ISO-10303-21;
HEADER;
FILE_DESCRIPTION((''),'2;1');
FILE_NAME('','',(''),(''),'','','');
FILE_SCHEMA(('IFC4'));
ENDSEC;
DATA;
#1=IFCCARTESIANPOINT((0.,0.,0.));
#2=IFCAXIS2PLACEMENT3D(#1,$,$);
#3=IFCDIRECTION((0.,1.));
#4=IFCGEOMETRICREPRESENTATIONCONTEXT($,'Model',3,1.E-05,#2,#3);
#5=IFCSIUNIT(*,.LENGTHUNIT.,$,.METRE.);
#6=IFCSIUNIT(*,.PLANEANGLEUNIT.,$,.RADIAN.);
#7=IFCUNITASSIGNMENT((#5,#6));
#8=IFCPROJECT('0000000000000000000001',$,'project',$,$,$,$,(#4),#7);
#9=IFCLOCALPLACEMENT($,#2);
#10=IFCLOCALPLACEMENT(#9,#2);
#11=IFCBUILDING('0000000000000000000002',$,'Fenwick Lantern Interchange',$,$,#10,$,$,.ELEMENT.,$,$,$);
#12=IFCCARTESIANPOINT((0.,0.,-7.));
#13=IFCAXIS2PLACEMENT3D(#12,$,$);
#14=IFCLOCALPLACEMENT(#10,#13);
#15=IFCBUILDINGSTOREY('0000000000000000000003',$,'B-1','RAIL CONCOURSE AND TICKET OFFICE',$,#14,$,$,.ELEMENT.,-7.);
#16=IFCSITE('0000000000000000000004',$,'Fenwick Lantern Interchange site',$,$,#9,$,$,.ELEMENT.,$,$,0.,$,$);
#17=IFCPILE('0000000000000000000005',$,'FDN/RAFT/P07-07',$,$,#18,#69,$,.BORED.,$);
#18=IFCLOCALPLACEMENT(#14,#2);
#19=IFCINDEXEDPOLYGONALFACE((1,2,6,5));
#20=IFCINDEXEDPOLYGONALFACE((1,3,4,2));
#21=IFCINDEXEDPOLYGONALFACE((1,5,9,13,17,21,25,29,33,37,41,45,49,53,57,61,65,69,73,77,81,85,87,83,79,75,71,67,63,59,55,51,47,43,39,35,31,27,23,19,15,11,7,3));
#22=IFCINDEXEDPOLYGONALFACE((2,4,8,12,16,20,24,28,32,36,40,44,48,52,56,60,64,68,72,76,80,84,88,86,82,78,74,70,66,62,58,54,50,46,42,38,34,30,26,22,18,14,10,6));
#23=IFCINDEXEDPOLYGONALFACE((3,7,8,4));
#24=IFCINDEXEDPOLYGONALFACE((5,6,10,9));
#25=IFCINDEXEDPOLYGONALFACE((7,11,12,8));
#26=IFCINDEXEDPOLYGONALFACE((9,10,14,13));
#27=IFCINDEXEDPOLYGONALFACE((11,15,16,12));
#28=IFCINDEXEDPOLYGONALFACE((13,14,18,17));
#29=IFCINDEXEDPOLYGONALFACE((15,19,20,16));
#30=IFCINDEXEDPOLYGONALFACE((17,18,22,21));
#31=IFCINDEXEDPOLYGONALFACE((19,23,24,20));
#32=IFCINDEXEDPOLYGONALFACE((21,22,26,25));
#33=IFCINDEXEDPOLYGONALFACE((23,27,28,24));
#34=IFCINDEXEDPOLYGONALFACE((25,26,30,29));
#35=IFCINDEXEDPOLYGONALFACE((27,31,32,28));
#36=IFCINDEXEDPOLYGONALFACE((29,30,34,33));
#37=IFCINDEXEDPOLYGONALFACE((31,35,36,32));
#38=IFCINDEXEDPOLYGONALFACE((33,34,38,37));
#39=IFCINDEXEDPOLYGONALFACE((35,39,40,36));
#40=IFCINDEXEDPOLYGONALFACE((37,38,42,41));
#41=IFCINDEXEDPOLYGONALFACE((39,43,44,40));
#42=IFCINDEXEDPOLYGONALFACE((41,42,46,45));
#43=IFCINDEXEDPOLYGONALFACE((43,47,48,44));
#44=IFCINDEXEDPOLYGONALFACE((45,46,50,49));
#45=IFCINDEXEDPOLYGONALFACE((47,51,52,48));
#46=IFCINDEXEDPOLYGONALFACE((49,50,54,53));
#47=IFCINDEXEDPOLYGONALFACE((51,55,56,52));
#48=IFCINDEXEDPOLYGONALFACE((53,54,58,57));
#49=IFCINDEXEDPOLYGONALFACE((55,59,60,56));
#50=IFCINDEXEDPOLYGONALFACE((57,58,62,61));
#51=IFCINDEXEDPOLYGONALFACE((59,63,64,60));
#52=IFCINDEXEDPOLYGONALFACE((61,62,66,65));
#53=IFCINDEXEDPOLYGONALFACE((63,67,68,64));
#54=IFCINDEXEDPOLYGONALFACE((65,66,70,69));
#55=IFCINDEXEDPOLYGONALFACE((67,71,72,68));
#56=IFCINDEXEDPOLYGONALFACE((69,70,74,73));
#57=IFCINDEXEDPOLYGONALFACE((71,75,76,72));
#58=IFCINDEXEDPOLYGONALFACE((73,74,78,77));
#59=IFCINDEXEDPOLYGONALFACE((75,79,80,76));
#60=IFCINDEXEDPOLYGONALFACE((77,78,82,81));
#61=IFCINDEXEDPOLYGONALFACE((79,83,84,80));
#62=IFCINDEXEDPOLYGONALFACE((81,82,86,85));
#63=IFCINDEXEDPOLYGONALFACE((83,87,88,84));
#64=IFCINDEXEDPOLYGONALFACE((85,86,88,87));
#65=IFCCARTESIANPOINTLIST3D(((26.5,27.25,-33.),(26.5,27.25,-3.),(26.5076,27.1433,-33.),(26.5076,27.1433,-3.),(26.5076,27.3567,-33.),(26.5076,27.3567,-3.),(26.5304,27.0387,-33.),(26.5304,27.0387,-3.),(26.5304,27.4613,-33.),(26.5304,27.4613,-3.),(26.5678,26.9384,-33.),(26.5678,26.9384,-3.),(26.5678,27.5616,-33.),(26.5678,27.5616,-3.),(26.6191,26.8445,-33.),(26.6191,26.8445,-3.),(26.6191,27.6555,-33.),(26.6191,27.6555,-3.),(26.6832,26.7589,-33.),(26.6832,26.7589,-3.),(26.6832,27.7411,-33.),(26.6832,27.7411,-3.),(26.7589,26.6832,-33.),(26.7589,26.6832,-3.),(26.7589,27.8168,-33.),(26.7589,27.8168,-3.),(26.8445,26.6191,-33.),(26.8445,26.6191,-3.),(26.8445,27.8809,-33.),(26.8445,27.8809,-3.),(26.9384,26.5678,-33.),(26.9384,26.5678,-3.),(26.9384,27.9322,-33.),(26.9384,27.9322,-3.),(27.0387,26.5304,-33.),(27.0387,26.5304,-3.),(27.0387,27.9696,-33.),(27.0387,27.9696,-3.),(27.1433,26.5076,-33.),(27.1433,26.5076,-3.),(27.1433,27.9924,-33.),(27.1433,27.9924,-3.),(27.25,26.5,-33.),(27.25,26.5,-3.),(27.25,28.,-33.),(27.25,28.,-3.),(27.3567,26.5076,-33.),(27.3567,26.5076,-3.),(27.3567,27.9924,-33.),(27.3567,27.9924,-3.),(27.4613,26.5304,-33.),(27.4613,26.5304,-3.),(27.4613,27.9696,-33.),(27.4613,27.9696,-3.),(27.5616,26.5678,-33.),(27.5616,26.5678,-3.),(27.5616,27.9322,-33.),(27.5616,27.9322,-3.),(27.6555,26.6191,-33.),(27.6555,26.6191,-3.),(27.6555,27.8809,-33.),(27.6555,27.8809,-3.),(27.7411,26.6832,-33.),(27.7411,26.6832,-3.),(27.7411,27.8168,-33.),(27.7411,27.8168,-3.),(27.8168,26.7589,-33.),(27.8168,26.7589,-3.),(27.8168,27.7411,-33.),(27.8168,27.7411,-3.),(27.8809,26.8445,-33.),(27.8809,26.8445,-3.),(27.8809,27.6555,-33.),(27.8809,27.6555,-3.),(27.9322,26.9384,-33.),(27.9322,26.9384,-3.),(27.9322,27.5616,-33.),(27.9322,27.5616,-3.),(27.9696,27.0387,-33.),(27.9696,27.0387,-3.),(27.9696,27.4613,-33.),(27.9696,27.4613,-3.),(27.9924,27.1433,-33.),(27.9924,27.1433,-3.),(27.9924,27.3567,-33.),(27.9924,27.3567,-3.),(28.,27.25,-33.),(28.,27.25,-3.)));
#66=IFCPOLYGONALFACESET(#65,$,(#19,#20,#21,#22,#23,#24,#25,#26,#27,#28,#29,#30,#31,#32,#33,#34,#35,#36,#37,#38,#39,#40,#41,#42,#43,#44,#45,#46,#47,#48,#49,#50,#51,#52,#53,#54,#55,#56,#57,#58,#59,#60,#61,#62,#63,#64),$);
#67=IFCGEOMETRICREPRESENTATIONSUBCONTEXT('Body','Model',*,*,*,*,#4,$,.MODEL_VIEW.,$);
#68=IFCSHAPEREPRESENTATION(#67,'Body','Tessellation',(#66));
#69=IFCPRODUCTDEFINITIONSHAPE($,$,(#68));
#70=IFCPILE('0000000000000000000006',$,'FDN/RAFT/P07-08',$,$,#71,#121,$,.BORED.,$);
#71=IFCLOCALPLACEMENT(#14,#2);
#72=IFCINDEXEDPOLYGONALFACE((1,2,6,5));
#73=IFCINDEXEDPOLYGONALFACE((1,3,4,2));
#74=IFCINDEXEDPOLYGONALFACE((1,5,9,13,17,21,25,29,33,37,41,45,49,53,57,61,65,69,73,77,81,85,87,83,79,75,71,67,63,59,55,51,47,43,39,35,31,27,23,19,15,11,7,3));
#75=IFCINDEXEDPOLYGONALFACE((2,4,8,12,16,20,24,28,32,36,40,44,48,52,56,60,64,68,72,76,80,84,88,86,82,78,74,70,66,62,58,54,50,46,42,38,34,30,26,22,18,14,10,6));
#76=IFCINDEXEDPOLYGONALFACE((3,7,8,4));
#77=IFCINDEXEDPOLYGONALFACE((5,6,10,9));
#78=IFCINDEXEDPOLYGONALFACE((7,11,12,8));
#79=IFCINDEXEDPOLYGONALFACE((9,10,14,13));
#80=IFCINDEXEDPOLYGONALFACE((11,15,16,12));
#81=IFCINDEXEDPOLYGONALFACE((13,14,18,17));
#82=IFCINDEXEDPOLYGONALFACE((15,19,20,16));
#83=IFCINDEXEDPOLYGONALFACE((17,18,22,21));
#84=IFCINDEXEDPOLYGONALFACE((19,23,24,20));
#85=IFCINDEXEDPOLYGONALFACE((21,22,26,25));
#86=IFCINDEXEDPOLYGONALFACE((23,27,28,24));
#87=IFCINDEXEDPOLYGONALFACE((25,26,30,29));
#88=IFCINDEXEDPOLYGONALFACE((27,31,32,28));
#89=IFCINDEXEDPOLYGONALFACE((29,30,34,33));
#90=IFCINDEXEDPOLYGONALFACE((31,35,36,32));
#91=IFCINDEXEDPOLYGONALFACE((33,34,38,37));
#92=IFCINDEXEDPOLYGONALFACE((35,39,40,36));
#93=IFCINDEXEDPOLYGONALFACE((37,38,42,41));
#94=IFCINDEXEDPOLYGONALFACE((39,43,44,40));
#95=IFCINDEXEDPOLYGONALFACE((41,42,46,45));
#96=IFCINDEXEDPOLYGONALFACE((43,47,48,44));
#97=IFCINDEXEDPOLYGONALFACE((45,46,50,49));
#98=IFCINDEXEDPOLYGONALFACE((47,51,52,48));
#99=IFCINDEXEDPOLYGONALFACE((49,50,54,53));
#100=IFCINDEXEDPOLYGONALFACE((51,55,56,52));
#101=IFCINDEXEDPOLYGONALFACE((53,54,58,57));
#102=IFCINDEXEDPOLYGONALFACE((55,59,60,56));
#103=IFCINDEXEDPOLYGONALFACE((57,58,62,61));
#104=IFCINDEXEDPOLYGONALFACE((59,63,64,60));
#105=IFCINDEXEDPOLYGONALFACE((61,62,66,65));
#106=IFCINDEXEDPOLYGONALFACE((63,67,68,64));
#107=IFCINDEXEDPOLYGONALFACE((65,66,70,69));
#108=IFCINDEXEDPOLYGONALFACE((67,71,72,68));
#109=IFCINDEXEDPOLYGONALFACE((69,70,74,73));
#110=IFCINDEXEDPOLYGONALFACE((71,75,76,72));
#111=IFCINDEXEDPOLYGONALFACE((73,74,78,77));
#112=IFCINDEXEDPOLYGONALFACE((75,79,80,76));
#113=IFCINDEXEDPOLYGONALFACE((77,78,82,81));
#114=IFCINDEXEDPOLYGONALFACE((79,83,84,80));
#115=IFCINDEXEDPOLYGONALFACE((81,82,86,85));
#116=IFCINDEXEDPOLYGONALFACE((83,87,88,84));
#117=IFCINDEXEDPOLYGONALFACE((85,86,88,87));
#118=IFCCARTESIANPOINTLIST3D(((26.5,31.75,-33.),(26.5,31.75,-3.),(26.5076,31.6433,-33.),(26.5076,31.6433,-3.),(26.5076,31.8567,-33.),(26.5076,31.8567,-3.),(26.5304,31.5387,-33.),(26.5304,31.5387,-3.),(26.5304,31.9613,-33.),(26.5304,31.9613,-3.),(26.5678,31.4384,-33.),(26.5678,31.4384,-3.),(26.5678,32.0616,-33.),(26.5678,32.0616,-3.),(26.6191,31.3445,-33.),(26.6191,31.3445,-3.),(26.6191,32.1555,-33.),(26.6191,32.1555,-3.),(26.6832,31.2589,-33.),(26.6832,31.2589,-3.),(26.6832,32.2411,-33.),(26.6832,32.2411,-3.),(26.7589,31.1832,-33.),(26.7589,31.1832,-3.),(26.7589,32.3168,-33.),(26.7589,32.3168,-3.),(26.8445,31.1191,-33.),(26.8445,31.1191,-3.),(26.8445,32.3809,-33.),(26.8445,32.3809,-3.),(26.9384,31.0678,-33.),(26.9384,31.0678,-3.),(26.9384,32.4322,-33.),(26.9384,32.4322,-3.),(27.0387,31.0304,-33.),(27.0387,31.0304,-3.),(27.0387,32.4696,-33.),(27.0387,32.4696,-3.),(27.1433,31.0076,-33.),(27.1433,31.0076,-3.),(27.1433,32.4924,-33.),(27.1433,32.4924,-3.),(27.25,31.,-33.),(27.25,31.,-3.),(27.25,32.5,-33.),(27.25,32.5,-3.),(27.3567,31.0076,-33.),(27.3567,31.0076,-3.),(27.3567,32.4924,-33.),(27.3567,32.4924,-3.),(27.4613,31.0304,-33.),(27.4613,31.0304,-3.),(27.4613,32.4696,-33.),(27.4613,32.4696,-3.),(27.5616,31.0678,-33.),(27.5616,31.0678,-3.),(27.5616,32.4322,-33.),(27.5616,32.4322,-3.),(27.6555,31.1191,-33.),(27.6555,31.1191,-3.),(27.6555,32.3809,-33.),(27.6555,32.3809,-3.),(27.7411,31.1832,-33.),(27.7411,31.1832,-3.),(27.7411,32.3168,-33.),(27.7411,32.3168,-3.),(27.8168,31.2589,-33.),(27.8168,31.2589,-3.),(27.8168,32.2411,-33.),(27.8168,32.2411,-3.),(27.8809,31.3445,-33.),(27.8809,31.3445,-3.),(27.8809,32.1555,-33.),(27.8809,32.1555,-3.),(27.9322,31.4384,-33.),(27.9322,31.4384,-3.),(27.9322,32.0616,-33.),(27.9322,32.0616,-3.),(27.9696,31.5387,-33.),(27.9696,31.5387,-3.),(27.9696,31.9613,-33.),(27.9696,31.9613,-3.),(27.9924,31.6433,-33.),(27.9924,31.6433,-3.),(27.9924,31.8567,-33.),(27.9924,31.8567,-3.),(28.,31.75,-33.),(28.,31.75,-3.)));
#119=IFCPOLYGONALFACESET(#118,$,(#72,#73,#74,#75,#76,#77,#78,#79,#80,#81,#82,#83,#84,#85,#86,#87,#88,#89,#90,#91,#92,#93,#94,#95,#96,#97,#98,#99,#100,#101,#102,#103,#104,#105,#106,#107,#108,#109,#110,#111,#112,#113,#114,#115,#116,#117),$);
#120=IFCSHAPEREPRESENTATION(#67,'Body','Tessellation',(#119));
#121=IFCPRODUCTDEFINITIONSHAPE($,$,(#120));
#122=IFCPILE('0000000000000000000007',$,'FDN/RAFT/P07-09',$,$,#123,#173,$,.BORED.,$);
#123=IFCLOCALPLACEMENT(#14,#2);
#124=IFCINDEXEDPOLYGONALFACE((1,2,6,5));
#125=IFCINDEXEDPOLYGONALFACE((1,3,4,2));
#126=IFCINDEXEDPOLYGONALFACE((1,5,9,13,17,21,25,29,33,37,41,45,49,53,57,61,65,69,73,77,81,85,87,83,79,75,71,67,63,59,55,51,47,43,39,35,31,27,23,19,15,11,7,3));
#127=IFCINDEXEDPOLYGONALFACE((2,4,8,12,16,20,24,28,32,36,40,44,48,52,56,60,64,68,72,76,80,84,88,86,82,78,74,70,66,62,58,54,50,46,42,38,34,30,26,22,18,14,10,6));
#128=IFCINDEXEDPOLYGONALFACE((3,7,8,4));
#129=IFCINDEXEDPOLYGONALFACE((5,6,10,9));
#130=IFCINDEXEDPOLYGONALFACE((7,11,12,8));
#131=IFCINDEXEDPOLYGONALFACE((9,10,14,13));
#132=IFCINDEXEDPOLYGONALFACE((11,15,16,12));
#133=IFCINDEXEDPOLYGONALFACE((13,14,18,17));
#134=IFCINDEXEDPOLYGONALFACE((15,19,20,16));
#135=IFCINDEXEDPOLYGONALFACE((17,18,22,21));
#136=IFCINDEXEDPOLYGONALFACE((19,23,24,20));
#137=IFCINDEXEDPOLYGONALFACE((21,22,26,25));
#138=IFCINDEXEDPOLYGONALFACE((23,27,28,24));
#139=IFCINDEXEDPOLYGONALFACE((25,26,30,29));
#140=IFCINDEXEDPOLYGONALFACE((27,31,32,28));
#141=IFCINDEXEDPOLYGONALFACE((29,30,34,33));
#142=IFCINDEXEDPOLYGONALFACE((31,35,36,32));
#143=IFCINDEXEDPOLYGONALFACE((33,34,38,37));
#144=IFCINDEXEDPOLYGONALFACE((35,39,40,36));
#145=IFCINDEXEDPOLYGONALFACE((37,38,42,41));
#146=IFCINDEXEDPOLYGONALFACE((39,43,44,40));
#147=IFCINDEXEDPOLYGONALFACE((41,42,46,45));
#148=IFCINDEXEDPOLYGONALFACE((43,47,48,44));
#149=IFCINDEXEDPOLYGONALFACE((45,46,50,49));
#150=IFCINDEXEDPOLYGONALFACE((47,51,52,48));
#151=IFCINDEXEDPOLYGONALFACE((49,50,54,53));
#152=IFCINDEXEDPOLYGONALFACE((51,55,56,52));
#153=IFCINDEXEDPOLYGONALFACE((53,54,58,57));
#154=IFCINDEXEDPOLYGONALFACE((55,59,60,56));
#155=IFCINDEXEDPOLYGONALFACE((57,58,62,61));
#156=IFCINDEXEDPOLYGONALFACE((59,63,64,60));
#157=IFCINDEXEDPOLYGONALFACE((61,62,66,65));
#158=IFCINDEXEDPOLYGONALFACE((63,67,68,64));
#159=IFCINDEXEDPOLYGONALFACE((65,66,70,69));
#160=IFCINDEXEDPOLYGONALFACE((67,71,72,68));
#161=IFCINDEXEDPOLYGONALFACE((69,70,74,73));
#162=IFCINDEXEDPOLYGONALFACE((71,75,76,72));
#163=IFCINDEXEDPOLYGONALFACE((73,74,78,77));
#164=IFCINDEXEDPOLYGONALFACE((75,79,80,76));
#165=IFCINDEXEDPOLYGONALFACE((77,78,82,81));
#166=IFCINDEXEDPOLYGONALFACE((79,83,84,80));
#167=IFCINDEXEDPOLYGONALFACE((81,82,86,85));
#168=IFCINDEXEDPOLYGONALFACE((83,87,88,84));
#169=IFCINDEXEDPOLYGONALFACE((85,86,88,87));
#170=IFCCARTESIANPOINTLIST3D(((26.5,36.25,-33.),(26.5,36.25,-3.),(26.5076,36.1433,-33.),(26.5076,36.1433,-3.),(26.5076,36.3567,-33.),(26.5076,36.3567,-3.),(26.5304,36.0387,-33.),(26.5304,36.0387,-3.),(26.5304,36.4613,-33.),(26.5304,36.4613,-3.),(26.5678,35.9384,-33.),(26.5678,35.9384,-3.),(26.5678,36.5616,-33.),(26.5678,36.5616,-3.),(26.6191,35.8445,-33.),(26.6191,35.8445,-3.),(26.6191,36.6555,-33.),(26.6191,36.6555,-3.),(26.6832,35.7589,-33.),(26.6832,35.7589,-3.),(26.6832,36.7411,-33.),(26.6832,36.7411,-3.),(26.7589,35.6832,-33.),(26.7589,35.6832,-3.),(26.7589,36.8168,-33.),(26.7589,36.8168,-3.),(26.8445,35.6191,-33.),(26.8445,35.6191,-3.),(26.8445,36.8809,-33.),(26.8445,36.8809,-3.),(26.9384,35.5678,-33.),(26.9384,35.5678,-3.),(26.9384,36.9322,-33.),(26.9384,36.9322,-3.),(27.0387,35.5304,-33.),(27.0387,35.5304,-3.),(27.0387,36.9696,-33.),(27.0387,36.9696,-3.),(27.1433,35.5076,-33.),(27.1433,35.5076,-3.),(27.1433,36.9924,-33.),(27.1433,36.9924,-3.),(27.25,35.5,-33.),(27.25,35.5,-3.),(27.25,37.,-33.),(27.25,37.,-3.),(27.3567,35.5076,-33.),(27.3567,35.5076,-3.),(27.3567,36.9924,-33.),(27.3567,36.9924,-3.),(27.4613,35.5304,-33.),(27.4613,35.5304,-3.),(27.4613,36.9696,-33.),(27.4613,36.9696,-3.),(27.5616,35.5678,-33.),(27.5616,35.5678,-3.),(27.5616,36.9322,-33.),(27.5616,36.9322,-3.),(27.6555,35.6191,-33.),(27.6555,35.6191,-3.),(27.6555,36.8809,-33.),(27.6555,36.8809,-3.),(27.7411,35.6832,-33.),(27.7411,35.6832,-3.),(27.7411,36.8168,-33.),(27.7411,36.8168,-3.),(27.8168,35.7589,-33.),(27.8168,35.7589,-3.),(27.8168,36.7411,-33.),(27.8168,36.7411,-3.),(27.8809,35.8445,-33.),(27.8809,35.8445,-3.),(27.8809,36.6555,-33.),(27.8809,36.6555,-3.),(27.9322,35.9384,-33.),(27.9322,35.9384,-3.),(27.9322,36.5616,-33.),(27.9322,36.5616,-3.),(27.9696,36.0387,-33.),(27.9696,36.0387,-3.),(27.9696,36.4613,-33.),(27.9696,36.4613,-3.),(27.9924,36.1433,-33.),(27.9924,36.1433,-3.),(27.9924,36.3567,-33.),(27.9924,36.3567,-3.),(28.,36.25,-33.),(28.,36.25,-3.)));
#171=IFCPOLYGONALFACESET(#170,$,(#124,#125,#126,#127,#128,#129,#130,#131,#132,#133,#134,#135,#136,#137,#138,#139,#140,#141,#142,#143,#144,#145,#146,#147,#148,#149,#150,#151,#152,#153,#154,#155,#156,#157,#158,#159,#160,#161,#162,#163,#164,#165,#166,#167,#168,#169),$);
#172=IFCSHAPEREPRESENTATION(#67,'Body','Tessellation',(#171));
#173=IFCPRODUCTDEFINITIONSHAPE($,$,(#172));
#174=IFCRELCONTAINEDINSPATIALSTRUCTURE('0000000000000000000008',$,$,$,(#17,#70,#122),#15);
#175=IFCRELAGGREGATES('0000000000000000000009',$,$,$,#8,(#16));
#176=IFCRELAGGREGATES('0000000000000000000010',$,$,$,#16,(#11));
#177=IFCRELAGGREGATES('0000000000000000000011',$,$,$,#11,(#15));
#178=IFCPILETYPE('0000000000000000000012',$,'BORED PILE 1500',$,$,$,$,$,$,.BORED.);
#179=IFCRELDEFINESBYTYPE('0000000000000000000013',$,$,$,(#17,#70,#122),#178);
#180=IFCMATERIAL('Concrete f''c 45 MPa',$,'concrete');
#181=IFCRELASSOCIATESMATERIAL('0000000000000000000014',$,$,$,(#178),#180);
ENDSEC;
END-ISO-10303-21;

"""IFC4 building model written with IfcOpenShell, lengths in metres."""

from ifc_helpers import new_model, si_unit, direction, frame, origin, origin_2d, place, context, subcontext, project, spatial, circle, extrude, material, type_object, element, save


model = new_model("IFC4")

# Units and contexts
model_context = context("Model", 3, precision=1e-05, world=origin(), true_north=direction((0.0, 1.0)))
body_context = subcontext(model_context, "Body", "Model", "MODEL_VIEW")
ifc_project = project(units=[si_unit("LENGTHUNIT", "METRE"), si_unit("PLANEANGLEUNIT", "RADIAN")], contexts=[model_context])

# Site, building, storey
site_placement = place(None, origin())
site = spatial("IfcSite", under=ifc_project, at=site_placement, Name="Fenwick Lantern Interchange site", CompositionType="ELEMENT", RefElevation=0.0)
building_placement = place(site_placement, origin())
building = spatial("IfcBuilding", under=site, at=building_placement, Name="Fenwick Lantern Interchange", CompositionType="ELEMENT")
storey_placement = place(building_placement, frame((0.0, 0.0, -7.0)))
storey = spatial("IfcBuildingStorey", under=building, at=storey_placement, Name="B-1", Description="RAIL CONCOURSE AND TICKET OFFICE", CompositionType="ELEMENT", Elevation=-7.0)

# Piles
ifc_material_1 = material(Name="Concrete f'c 45 MPa", Category="concrete")
pile_type = type_object("IfcPileType", Name="BORED PILE 1500", PredefinedType="BORED", material=ifc_material_1)
for number, where, z_axis, x_axis, name in (
    (1, (27.25, 27.25, -3.0), (0.0, 0.0, -1.0), (1.0, 0.0, 0.0), "FDN/RAFT/P07-07"),
    (2, (27.25, 31.75, -3.0), (0.0, 0.0, -1.0), (1.0, 0.0, 0.0), "FDN/RAFT/P07-08"),
    (3, (27.25, 36.25, -3.0), (0.0, 0.0, -1.0), (1.0, 0.0, 0.0), "FDN/RAFT/P07-09"),
):
    element("IfcPile", number, at=place(storey_placement, frame(where, z_axis=z_axis, x_axis=x_axis)), inside=storey, type_object=pile_type, Name=name, PredefinedType="BORED", context=body_context, shape_type="SweptSolid", body=[
        extrude(circle(Radius=0.75, at=origin_2d()), origin(), (0.0, 0.0, 1.0), 30.0),
    ])

save(model, "model.ifc")
